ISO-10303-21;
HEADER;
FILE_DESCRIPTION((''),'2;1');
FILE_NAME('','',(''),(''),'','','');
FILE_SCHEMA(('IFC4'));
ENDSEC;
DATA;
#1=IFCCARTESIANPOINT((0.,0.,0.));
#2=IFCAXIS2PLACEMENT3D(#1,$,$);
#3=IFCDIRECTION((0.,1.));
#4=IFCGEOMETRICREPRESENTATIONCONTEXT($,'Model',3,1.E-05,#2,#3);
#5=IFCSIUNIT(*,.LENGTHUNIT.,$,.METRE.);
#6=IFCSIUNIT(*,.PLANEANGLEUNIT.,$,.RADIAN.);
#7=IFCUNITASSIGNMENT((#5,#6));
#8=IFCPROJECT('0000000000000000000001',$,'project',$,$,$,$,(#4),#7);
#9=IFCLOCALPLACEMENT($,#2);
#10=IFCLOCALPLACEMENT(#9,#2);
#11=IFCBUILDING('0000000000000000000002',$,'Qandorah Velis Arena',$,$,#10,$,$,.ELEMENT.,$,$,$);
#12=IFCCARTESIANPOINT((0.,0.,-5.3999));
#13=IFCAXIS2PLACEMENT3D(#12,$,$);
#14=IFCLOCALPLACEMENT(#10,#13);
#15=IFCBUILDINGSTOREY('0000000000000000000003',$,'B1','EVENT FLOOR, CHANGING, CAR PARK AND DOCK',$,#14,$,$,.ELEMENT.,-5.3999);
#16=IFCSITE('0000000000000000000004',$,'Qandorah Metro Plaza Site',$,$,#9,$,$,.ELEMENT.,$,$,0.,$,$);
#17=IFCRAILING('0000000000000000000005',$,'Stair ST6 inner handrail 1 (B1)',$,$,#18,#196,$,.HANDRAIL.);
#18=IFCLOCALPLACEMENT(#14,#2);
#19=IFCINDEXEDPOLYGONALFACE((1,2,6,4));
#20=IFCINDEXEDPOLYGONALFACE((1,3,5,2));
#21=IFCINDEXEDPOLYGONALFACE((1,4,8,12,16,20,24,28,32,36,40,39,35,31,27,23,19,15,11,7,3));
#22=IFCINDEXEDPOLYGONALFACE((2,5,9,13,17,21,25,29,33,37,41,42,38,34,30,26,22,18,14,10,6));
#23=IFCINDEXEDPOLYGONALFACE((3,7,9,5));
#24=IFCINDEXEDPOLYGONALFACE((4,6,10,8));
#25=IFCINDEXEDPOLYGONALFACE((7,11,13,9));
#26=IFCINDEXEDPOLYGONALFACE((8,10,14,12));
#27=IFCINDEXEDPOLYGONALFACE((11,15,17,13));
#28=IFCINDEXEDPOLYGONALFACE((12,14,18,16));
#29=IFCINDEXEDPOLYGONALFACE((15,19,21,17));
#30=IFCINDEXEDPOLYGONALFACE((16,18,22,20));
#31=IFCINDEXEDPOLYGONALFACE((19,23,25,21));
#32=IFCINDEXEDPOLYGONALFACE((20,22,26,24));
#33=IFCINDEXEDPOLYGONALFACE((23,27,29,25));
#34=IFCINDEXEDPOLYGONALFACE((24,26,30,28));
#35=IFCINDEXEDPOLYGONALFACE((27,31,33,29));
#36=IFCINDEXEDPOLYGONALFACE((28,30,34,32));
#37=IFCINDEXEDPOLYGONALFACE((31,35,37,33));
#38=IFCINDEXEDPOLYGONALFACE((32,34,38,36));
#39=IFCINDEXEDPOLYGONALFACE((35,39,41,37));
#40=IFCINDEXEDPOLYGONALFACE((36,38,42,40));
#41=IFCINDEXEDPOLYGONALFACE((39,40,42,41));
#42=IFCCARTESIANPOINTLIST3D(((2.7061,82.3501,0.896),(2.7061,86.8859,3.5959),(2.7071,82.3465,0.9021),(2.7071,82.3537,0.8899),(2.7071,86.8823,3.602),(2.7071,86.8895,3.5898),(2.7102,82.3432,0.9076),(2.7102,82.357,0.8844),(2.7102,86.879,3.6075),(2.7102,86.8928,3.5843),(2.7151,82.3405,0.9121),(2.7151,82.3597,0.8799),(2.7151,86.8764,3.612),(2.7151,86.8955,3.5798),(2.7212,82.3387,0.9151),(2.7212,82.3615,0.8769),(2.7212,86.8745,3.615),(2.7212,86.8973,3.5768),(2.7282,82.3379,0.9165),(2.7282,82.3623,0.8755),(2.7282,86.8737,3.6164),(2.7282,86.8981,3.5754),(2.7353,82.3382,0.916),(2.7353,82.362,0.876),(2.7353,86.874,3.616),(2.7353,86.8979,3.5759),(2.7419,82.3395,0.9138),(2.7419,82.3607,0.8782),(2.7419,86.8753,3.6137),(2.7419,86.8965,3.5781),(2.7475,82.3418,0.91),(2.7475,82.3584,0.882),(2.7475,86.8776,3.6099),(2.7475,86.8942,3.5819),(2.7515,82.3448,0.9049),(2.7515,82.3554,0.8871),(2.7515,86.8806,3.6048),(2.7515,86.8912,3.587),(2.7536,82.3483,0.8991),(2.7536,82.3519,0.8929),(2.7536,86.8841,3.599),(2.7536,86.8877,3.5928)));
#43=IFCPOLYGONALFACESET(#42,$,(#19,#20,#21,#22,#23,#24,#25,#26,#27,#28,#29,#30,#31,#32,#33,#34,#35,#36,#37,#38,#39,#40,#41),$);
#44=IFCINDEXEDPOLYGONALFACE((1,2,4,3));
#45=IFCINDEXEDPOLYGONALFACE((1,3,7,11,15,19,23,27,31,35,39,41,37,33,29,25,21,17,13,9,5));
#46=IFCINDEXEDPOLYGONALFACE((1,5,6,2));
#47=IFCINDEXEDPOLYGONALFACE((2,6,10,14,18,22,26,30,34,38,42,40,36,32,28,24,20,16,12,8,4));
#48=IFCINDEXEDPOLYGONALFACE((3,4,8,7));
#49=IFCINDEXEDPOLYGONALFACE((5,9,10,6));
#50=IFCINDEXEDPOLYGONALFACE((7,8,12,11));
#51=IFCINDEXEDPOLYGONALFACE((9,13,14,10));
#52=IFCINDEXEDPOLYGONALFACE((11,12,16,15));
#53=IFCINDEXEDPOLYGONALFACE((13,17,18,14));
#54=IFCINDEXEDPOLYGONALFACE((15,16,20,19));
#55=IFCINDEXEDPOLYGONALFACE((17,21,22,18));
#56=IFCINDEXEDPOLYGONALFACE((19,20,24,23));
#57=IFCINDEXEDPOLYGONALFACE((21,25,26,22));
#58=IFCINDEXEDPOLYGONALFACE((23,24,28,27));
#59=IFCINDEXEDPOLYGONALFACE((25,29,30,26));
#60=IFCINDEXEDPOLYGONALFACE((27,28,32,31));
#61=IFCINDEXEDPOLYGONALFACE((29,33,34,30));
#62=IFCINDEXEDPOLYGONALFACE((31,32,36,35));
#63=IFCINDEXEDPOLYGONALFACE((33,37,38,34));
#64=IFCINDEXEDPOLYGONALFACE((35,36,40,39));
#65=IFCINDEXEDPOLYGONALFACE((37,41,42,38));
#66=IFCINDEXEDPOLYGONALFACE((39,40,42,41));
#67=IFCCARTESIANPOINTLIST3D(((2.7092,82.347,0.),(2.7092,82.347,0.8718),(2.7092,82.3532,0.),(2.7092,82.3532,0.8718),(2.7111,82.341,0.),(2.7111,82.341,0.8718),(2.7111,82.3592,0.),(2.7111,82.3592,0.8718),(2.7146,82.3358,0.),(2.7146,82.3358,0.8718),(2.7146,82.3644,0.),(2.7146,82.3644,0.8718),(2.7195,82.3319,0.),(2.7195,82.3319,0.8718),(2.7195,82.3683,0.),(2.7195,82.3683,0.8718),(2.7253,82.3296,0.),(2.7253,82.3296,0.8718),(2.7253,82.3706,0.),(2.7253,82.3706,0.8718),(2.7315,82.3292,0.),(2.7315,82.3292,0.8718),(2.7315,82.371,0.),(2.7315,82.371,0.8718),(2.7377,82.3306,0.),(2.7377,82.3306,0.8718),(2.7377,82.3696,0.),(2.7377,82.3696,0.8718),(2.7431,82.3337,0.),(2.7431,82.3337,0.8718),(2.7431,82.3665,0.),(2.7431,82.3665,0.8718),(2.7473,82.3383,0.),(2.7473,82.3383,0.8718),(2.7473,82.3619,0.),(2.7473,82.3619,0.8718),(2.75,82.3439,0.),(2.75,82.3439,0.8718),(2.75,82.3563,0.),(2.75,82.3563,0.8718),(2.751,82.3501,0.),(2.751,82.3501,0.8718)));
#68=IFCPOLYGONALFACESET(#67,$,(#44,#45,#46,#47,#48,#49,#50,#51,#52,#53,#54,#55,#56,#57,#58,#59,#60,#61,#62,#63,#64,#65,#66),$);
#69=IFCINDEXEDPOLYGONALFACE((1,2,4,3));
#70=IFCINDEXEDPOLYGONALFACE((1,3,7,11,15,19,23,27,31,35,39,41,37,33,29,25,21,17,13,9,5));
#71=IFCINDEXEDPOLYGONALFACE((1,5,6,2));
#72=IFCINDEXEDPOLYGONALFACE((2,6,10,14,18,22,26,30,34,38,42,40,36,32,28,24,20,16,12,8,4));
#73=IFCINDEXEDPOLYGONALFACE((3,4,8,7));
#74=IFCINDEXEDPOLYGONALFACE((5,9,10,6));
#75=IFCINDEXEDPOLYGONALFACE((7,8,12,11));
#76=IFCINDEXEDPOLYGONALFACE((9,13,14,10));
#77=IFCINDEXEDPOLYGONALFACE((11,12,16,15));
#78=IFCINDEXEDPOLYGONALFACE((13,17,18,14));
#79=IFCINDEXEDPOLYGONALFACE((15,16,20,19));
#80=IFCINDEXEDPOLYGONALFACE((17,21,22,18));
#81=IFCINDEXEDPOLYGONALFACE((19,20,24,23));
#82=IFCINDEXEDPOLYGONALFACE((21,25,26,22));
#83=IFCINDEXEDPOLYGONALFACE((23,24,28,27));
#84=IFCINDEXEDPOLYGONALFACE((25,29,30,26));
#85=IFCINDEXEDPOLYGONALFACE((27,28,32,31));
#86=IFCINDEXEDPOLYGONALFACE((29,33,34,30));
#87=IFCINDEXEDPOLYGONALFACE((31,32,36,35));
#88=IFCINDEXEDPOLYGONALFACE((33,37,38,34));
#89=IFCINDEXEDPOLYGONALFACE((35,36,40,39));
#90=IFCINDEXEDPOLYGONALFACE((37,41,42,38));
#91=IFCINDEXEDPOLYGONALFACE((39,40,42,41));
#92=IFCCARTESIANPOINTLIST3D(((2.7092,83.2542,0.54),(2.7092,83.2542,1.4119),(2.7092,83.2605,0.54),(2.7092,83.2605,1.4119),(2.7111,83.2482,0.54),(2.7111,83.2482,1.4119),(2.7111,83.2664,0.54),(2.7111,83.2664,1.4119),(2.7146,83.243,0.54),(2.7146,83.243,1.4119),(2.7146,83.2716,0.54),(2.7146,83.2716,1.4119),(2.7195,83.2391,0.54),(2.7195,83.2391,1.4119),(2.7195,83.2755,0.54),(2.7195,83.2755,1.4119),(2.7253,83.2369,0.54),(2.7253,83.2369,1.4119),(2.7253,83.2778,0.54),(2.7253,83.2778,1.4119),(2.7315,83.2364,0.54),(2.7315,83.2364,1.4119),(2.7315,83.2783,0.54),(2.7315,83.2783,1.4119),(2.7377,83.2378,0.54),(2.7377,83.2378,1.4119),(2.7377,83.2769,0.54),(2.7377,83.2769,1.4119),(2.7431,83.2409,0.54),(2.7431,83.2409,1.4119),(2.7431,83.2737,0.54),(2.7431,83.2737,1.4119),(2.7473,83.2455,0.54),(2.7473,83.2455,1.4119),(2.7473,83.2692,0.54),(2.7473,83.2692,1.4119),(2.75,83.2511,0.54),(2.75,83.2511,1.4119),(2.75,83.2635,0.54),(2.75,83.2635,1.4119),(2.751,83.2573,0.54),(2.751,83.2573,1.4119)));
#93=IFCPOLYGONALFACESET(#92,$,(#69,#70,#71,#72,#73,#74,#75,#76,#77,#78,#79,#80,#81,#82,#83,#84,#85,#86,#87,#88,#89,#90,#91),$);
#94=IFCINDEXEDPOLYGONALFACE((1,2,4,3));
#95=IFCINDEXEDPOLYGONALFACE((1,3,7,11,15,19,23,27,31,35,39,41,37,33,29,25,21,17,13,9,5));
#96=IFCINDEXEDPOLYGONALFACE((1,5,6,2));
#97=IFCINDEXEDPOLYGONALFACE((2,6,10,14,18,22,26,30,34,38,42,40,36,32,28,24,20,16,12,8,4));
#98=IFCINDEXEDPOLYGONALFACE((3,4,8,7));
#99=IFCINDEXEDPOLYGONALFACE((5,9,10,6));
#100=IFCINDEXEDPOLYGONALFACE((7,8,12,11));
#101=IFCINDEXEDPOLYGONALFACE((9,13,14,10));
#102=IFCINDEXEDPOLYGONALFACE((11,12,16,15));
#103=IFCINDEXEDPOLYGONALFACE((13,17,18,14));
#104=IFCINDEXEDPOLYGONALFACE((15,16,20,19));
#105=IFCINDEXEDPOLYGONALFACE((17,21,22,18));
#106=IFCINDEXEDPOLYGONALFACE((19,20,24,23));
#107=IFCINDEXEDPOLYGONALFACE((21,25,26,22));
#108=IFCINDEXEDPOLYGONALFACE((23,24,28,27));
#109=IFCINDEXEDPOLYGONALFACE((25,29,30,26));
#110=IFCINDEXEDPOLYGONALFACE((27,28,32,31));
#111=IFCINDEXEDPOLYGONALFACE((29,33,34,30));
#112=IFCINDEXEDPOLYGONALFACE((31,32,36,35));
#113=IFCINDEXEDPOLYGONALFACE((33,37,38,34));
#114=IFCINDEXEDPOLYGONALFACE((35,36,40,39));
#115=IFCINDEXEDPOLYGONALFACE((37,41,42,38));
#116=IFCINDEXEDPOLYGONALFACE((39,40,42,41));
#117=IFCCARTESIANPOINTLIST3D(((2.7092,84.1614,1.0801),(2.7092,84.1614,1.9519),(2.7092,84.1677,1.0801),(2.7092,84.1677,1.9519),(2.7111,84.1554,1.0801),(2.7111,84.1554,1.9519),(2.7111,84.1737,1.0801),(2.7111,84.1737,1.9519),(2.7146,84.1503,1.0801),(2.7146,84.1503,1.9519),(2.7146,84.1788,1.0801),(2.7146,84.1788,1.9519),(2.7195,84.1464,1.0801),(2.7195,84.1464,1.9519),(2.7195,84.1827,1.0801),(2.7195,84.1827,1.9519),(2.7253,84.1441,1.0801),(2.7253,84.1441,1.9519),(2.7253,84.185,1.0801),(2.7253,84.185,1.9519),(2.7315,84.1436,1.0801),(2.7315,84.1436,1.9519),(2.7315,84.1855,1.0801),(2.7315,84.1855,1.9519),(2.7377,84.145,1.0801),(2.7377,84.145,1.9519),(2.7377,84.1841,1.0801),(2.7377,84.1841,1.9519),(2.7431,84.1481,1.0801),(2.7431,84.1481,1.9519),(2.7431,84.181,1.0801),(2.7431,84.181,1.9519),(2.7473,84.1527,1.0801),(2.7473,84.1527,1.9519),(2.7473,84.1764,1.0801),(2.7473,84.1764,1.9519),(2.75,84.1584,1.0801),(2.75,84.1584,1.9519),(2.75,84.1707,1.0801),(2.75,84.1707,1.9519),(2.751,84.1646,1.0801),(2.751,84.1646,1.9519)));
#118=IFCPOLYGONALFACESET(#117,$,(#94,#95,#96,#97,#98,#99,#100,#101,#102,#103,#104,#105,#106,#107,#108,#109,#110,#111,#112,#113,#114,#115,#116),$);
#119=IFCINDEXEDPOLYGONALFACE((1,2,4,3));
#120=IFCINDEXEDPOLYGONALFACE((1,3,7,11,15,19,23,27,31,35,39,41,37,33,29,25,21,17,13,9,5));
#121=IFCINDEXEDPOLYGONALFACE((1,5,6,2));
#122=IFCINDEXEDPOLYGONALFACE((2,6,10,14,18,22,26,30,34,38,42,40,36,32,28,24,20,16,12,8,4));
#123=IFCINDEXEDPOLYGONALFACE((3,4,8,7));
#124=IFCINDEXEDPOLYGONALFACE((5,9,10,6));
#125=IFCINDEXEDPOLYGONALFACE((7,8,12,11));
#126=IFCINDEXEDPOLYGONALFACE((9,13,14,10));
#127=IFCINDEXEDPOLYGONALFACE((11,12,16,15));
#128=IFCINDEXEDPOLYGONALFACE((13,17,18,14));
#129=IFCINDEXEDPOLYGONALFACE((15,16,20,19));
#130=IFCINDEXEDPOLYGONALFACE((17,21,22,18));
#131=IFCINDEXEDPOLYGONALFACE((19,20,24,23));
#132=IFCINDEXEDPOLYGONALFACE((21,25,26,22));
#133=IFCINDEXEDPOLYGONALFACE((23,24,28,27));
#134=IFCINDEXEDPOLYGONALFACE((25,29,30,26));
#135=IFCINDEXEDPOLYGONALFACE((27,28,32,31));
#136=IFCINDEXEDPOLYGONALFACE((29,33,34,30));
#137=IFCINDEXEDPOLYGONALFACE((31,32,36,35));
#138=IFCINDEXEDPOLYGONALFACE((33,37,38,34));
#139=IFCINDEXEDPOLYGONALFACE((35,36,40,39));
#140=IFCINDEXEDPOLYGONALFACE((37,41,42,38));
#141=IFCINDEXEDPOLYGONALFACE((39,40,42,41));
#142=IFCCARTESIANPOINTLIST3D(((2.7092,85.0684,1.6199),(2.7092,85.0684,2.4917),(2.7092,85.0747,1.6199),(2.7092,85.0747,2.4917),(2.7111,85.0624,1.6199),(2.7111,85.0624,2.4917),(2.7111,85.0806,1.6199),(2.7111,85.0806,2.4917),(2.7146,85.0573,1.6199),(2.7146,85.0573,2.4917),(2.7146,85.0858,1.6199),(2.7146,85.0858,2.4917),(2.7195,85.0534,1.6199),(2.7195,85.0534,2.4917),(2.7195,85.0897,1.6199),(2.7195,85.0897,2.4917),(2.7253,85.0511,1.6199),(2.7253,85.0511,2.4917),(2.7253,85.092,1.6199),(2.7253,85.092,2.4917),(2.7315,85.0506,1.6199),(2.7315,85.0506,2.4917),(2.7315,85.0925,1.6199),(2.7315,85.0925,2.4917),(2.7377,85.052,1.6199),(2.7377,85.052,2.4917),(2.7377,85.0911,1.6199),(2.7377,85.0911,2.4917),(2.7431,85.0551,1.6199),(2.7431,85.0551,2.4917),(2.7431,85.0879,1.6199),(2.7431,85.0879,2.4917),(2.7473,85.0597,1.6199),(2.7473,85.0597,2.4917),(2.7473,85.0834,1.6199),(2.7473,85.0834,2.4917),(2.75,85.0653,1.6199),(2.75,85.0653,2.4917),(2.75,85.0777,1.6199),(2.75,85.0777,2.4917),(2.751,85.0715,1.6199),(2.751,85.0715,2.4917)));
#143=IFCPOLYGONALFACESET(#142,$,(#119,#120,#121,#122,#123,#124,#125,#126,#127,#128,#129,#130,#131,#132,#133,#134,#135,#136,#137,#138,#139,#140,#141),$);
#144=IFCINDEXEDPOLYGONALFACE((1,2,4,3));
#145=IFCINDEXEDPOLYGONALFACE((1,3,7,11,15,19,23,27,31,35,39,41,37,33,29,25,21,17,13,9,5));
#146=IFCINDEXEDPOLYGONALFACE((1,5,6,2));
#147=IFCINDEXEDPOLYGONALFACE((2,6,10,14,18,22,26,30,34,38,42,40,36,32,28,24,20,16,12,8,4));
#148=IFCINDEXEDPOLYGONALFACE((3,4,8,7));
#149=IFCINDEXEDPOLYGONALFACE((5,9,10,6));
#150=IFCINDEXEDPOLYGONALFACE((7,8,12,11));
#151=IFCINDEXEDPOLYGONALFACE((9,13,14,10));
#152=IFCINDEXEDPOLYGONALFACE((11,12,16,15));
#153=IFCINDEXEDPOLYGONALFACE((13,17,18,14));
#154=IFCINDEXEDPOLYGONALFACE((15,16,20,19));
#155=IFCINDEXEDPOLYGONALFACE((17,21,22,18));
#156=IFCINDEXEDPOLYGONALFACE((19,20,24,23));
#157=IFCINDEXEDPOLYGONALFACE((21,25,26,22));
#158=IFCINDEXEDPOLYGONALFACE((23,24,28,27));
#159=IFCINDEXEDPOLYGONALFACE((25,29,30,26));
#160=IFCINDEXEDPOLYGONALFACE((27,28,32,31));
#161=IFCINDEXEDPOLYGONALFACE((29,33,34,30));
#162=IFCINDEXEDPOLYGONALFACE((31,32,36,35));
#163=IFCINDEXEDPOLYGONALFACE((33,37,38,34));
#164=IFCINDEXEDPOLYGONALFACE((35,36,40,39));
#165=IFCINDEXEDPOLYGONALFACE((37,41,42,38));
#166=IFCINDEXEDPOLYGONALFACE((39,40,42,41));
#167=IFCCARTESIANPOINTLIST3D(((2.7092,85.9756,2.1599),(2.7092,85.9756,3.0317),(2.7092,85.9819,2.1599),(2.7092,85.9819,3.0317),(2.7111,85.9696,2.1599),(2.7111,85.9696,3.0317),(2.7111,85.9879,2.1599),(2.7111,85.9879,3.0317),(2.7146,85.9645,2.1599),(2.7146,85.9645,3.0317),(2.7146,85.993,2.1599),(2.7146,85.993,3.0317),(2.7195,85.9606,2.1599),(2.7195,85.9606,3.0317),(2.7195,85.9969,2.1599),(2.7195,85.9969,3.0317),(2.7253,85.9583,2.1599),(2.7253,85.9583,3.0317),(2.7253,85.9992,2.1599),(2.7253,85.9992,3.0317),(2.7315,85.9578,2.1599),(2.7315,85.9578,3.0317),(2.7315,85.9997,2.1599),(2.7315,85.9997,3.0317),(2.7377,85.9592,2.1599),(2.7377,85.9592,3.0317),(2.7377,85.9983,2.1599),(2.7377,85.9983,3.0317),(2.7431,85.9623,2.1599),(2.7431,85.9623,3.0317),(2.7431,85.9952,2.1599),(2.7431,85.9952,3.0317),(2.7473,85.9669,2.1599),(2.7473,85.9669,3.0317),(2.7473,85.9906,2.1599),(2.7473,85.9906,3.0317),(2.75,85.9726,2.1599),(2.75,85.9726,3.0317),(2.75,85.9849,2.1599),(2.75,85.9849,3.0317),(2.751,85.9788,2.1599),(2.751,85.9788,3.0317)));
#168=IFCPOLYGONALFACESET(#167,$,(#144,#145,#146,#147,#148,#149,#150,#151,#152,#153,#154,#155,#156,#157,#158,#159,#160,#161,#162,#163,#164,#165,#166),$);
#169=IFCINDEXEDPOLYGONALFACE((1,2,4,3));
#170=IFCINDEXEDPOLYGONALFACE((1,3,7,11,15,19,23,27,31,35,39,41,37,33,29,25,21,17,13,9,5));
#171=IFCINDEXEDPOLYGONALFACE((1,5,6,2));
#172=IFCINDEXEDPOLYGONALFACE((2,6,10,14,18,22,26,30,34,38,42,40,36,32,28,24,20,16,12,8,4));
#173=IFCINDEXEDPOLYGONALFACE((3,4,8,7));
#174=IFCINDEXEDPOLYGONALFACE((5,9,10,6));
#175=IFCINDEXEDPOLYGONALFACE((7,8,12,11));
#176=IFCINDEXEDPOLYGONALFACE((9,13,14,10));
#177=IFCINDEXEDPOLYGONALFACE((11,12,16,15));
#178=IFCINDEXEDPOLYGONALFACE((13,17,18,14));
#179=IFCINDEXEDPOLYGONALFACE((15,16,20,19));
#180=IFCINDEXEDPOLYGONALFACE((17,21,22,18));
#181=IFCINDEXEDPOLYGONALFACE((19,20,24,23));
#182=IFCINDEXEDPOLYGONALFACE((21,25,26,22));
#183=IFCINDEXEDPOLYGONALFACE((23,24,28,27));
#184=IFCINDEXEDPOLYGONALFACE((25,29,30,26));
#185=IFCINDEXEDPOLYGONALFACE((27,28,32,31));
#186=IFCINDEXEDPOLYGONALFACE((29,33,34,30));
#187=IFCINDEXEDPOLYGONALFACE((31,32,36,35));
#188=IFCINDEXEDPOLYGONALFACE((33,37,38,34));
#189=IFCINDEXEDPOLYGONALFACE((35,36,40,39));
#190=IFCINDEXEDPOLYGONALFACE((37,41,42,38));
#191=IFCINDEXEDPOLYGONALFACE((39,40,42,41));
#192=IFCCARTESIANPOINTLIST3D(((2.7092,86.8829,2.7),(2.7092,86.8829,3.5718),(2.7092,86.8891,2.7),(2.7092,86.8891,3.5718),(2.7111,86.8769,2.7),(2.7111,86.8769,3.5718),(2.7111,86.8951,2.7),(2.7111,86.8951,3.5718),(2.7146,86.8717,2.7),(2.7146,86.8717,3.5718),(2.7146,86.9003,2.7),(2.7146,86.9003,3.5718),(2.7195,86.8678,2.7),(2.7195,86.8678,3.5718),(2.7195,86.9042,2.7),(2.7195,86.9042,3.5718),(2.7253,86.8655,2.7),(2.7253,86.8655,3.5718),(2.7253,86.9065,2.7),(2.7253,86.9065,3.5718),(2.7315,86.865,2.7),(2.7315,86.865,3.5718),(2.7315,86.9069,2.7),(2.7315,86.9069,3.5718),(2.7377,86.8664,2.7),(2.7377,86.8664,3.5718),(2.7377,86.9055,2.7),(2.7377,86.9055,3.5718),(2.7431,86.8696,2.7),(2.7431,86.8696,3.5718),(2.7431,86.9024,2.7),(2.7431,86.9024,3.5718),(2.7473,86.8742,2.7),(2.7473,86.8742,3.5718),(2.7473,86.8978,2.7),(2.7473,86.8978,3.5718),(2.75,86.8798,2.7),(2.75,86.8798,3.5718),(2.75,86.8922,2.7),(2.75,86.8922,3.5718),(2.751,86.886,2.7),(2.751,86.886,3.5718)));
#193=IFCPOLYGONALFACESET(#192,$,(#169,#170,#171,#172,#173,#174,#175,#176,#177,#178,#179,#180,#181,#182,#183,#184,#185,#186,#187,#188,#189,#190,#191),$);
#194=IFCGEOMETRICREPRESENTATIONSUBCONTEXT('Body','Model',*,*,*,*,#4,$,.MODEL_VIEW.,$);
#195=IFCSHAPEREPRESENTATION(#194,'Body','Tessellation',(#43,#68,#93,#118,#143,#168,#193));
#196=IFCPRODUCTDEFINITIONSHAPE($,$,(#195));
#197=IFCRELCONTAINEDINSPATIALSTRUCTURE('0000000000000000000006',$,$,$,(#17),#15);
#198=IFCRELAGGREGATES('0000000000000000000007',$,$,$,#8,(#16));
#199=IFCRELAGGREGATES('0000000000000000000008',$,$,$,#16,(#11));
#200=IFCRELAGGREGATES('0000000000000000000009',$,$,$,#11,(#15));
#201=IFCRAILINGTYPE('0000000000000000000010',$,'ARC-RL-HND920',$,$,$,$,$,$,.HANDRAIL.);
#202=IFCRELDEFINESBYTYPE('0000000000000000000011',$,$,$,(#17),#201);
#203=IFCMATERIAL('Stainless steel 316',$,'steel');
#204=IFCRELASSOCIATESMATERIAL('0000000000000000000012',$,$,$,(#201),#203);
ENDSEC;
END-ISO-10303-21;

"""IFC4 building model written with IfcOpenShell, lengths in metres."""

from ifc_helpers import new_model, si_unit, direction, frame, origin, origin_2d, place, context, subcontext, project, spatial, circle, extrude, material, type_object, element, save


model = new_model("IFC4")

# Units and contexts
model_context = context("Model", 3, precision=1e-05, world=origin(), true_north=direction((0.0, 1.0)))
body_context = subcontext(model_context, "Body", "Model", "MODEL_VIEW")
ifc_project = project(units=[si_unit("LENGTHUNIT", "METRE"), si_unit("PLANEANGLEUNIT", "RADIAN")], contexts=[model_context])

# Site, building, storey
site_placement = place(None, origin())
site = spatial("IfcSite", under=ifc_project, at=site_placement, Name="Qandorah Metro Plaza Site", CompositionType="ELEMENT", RefElevation=0.0)
building_placement = place(site_placement, origin())
building = spatial("IfcBuilding", under=site, at=building_placement, Name="Qandorah Velis Arena", CompositionType="ELEMENT")
storey_placement = place(building_placement, frame((0.0, 0.0, -5.3999)))
storey = spatial("IfcBuildingStorey", under=building, at=storey_placement, Name="B1", Description="EVENT FLOOR, CHANGING, CAR PARK AND DOCK", CompositionType="ELEMENT", Elevation=-5.3999)

# Railing
ifc_material_1 = material(Name="Stainless steel 316", Category="steel")
railing_type_1 = type_object("IfcRailingType", Name="ARC-RL-HND920", PredefinedType="HANDRAIL", material=ifc_material_1)
railing_1_placement = place(storey_placement, frame((2.73, 82.3501, 0.0)))
element("IfcRailing", 1, at=railing_1_placement, inside=storey, type_object=railing_type_1, Name="Stair ST6 inner handrail 1 (B1)", PredefinedType="HANDRAIL", context=body_context, shape_type="SweptSolid", body=[
    extrude(circle(Radius=0.0239, at=origin_2d()), frame((0.0, 0.0, 0.896), z_axis=(0.0, 0.859291, 0.511486), x_axis=(-1.0, 0.0, 0.0)), (0.0, 0.0, 1.0), 5.2786),
    extrude(circle(Radius=0.021, at=origin_2d()), origin(), (0.0, 0.0, 1.0), 0.8718),
    extrude(circle(Radius=0.021, at=origin_2d()), frame((0.0, 0.9072, 0.54)), (0.0, 0.0, 1.0), 0.8718),
    extrude(circle(Radius=0.021, at=origin_2d()), frame((0.0, 1.8145, 1.0801)), (0.0, 0.0, 1.0), 0.8718),
    extrude(circle(Radius=0.021, at=origin_2d()), frame((0.0, 2.7214, 1.6199)), (0.0, 0.0, 1.0), 0.8718),
    extrude(circle(Radius=0.021, at=origin_2d()), frame((0.0, 3.6287, 2.1599)), (0.0, 0.0, 1.0), 0.8718),
    extrude(circle(Radius=0.021, at=origin_2d()), frame((0.0, 4.5359, 2.7)), (0.0, 0.0, 1.0), 0.8718),
])

save(model, "model.ifc")
